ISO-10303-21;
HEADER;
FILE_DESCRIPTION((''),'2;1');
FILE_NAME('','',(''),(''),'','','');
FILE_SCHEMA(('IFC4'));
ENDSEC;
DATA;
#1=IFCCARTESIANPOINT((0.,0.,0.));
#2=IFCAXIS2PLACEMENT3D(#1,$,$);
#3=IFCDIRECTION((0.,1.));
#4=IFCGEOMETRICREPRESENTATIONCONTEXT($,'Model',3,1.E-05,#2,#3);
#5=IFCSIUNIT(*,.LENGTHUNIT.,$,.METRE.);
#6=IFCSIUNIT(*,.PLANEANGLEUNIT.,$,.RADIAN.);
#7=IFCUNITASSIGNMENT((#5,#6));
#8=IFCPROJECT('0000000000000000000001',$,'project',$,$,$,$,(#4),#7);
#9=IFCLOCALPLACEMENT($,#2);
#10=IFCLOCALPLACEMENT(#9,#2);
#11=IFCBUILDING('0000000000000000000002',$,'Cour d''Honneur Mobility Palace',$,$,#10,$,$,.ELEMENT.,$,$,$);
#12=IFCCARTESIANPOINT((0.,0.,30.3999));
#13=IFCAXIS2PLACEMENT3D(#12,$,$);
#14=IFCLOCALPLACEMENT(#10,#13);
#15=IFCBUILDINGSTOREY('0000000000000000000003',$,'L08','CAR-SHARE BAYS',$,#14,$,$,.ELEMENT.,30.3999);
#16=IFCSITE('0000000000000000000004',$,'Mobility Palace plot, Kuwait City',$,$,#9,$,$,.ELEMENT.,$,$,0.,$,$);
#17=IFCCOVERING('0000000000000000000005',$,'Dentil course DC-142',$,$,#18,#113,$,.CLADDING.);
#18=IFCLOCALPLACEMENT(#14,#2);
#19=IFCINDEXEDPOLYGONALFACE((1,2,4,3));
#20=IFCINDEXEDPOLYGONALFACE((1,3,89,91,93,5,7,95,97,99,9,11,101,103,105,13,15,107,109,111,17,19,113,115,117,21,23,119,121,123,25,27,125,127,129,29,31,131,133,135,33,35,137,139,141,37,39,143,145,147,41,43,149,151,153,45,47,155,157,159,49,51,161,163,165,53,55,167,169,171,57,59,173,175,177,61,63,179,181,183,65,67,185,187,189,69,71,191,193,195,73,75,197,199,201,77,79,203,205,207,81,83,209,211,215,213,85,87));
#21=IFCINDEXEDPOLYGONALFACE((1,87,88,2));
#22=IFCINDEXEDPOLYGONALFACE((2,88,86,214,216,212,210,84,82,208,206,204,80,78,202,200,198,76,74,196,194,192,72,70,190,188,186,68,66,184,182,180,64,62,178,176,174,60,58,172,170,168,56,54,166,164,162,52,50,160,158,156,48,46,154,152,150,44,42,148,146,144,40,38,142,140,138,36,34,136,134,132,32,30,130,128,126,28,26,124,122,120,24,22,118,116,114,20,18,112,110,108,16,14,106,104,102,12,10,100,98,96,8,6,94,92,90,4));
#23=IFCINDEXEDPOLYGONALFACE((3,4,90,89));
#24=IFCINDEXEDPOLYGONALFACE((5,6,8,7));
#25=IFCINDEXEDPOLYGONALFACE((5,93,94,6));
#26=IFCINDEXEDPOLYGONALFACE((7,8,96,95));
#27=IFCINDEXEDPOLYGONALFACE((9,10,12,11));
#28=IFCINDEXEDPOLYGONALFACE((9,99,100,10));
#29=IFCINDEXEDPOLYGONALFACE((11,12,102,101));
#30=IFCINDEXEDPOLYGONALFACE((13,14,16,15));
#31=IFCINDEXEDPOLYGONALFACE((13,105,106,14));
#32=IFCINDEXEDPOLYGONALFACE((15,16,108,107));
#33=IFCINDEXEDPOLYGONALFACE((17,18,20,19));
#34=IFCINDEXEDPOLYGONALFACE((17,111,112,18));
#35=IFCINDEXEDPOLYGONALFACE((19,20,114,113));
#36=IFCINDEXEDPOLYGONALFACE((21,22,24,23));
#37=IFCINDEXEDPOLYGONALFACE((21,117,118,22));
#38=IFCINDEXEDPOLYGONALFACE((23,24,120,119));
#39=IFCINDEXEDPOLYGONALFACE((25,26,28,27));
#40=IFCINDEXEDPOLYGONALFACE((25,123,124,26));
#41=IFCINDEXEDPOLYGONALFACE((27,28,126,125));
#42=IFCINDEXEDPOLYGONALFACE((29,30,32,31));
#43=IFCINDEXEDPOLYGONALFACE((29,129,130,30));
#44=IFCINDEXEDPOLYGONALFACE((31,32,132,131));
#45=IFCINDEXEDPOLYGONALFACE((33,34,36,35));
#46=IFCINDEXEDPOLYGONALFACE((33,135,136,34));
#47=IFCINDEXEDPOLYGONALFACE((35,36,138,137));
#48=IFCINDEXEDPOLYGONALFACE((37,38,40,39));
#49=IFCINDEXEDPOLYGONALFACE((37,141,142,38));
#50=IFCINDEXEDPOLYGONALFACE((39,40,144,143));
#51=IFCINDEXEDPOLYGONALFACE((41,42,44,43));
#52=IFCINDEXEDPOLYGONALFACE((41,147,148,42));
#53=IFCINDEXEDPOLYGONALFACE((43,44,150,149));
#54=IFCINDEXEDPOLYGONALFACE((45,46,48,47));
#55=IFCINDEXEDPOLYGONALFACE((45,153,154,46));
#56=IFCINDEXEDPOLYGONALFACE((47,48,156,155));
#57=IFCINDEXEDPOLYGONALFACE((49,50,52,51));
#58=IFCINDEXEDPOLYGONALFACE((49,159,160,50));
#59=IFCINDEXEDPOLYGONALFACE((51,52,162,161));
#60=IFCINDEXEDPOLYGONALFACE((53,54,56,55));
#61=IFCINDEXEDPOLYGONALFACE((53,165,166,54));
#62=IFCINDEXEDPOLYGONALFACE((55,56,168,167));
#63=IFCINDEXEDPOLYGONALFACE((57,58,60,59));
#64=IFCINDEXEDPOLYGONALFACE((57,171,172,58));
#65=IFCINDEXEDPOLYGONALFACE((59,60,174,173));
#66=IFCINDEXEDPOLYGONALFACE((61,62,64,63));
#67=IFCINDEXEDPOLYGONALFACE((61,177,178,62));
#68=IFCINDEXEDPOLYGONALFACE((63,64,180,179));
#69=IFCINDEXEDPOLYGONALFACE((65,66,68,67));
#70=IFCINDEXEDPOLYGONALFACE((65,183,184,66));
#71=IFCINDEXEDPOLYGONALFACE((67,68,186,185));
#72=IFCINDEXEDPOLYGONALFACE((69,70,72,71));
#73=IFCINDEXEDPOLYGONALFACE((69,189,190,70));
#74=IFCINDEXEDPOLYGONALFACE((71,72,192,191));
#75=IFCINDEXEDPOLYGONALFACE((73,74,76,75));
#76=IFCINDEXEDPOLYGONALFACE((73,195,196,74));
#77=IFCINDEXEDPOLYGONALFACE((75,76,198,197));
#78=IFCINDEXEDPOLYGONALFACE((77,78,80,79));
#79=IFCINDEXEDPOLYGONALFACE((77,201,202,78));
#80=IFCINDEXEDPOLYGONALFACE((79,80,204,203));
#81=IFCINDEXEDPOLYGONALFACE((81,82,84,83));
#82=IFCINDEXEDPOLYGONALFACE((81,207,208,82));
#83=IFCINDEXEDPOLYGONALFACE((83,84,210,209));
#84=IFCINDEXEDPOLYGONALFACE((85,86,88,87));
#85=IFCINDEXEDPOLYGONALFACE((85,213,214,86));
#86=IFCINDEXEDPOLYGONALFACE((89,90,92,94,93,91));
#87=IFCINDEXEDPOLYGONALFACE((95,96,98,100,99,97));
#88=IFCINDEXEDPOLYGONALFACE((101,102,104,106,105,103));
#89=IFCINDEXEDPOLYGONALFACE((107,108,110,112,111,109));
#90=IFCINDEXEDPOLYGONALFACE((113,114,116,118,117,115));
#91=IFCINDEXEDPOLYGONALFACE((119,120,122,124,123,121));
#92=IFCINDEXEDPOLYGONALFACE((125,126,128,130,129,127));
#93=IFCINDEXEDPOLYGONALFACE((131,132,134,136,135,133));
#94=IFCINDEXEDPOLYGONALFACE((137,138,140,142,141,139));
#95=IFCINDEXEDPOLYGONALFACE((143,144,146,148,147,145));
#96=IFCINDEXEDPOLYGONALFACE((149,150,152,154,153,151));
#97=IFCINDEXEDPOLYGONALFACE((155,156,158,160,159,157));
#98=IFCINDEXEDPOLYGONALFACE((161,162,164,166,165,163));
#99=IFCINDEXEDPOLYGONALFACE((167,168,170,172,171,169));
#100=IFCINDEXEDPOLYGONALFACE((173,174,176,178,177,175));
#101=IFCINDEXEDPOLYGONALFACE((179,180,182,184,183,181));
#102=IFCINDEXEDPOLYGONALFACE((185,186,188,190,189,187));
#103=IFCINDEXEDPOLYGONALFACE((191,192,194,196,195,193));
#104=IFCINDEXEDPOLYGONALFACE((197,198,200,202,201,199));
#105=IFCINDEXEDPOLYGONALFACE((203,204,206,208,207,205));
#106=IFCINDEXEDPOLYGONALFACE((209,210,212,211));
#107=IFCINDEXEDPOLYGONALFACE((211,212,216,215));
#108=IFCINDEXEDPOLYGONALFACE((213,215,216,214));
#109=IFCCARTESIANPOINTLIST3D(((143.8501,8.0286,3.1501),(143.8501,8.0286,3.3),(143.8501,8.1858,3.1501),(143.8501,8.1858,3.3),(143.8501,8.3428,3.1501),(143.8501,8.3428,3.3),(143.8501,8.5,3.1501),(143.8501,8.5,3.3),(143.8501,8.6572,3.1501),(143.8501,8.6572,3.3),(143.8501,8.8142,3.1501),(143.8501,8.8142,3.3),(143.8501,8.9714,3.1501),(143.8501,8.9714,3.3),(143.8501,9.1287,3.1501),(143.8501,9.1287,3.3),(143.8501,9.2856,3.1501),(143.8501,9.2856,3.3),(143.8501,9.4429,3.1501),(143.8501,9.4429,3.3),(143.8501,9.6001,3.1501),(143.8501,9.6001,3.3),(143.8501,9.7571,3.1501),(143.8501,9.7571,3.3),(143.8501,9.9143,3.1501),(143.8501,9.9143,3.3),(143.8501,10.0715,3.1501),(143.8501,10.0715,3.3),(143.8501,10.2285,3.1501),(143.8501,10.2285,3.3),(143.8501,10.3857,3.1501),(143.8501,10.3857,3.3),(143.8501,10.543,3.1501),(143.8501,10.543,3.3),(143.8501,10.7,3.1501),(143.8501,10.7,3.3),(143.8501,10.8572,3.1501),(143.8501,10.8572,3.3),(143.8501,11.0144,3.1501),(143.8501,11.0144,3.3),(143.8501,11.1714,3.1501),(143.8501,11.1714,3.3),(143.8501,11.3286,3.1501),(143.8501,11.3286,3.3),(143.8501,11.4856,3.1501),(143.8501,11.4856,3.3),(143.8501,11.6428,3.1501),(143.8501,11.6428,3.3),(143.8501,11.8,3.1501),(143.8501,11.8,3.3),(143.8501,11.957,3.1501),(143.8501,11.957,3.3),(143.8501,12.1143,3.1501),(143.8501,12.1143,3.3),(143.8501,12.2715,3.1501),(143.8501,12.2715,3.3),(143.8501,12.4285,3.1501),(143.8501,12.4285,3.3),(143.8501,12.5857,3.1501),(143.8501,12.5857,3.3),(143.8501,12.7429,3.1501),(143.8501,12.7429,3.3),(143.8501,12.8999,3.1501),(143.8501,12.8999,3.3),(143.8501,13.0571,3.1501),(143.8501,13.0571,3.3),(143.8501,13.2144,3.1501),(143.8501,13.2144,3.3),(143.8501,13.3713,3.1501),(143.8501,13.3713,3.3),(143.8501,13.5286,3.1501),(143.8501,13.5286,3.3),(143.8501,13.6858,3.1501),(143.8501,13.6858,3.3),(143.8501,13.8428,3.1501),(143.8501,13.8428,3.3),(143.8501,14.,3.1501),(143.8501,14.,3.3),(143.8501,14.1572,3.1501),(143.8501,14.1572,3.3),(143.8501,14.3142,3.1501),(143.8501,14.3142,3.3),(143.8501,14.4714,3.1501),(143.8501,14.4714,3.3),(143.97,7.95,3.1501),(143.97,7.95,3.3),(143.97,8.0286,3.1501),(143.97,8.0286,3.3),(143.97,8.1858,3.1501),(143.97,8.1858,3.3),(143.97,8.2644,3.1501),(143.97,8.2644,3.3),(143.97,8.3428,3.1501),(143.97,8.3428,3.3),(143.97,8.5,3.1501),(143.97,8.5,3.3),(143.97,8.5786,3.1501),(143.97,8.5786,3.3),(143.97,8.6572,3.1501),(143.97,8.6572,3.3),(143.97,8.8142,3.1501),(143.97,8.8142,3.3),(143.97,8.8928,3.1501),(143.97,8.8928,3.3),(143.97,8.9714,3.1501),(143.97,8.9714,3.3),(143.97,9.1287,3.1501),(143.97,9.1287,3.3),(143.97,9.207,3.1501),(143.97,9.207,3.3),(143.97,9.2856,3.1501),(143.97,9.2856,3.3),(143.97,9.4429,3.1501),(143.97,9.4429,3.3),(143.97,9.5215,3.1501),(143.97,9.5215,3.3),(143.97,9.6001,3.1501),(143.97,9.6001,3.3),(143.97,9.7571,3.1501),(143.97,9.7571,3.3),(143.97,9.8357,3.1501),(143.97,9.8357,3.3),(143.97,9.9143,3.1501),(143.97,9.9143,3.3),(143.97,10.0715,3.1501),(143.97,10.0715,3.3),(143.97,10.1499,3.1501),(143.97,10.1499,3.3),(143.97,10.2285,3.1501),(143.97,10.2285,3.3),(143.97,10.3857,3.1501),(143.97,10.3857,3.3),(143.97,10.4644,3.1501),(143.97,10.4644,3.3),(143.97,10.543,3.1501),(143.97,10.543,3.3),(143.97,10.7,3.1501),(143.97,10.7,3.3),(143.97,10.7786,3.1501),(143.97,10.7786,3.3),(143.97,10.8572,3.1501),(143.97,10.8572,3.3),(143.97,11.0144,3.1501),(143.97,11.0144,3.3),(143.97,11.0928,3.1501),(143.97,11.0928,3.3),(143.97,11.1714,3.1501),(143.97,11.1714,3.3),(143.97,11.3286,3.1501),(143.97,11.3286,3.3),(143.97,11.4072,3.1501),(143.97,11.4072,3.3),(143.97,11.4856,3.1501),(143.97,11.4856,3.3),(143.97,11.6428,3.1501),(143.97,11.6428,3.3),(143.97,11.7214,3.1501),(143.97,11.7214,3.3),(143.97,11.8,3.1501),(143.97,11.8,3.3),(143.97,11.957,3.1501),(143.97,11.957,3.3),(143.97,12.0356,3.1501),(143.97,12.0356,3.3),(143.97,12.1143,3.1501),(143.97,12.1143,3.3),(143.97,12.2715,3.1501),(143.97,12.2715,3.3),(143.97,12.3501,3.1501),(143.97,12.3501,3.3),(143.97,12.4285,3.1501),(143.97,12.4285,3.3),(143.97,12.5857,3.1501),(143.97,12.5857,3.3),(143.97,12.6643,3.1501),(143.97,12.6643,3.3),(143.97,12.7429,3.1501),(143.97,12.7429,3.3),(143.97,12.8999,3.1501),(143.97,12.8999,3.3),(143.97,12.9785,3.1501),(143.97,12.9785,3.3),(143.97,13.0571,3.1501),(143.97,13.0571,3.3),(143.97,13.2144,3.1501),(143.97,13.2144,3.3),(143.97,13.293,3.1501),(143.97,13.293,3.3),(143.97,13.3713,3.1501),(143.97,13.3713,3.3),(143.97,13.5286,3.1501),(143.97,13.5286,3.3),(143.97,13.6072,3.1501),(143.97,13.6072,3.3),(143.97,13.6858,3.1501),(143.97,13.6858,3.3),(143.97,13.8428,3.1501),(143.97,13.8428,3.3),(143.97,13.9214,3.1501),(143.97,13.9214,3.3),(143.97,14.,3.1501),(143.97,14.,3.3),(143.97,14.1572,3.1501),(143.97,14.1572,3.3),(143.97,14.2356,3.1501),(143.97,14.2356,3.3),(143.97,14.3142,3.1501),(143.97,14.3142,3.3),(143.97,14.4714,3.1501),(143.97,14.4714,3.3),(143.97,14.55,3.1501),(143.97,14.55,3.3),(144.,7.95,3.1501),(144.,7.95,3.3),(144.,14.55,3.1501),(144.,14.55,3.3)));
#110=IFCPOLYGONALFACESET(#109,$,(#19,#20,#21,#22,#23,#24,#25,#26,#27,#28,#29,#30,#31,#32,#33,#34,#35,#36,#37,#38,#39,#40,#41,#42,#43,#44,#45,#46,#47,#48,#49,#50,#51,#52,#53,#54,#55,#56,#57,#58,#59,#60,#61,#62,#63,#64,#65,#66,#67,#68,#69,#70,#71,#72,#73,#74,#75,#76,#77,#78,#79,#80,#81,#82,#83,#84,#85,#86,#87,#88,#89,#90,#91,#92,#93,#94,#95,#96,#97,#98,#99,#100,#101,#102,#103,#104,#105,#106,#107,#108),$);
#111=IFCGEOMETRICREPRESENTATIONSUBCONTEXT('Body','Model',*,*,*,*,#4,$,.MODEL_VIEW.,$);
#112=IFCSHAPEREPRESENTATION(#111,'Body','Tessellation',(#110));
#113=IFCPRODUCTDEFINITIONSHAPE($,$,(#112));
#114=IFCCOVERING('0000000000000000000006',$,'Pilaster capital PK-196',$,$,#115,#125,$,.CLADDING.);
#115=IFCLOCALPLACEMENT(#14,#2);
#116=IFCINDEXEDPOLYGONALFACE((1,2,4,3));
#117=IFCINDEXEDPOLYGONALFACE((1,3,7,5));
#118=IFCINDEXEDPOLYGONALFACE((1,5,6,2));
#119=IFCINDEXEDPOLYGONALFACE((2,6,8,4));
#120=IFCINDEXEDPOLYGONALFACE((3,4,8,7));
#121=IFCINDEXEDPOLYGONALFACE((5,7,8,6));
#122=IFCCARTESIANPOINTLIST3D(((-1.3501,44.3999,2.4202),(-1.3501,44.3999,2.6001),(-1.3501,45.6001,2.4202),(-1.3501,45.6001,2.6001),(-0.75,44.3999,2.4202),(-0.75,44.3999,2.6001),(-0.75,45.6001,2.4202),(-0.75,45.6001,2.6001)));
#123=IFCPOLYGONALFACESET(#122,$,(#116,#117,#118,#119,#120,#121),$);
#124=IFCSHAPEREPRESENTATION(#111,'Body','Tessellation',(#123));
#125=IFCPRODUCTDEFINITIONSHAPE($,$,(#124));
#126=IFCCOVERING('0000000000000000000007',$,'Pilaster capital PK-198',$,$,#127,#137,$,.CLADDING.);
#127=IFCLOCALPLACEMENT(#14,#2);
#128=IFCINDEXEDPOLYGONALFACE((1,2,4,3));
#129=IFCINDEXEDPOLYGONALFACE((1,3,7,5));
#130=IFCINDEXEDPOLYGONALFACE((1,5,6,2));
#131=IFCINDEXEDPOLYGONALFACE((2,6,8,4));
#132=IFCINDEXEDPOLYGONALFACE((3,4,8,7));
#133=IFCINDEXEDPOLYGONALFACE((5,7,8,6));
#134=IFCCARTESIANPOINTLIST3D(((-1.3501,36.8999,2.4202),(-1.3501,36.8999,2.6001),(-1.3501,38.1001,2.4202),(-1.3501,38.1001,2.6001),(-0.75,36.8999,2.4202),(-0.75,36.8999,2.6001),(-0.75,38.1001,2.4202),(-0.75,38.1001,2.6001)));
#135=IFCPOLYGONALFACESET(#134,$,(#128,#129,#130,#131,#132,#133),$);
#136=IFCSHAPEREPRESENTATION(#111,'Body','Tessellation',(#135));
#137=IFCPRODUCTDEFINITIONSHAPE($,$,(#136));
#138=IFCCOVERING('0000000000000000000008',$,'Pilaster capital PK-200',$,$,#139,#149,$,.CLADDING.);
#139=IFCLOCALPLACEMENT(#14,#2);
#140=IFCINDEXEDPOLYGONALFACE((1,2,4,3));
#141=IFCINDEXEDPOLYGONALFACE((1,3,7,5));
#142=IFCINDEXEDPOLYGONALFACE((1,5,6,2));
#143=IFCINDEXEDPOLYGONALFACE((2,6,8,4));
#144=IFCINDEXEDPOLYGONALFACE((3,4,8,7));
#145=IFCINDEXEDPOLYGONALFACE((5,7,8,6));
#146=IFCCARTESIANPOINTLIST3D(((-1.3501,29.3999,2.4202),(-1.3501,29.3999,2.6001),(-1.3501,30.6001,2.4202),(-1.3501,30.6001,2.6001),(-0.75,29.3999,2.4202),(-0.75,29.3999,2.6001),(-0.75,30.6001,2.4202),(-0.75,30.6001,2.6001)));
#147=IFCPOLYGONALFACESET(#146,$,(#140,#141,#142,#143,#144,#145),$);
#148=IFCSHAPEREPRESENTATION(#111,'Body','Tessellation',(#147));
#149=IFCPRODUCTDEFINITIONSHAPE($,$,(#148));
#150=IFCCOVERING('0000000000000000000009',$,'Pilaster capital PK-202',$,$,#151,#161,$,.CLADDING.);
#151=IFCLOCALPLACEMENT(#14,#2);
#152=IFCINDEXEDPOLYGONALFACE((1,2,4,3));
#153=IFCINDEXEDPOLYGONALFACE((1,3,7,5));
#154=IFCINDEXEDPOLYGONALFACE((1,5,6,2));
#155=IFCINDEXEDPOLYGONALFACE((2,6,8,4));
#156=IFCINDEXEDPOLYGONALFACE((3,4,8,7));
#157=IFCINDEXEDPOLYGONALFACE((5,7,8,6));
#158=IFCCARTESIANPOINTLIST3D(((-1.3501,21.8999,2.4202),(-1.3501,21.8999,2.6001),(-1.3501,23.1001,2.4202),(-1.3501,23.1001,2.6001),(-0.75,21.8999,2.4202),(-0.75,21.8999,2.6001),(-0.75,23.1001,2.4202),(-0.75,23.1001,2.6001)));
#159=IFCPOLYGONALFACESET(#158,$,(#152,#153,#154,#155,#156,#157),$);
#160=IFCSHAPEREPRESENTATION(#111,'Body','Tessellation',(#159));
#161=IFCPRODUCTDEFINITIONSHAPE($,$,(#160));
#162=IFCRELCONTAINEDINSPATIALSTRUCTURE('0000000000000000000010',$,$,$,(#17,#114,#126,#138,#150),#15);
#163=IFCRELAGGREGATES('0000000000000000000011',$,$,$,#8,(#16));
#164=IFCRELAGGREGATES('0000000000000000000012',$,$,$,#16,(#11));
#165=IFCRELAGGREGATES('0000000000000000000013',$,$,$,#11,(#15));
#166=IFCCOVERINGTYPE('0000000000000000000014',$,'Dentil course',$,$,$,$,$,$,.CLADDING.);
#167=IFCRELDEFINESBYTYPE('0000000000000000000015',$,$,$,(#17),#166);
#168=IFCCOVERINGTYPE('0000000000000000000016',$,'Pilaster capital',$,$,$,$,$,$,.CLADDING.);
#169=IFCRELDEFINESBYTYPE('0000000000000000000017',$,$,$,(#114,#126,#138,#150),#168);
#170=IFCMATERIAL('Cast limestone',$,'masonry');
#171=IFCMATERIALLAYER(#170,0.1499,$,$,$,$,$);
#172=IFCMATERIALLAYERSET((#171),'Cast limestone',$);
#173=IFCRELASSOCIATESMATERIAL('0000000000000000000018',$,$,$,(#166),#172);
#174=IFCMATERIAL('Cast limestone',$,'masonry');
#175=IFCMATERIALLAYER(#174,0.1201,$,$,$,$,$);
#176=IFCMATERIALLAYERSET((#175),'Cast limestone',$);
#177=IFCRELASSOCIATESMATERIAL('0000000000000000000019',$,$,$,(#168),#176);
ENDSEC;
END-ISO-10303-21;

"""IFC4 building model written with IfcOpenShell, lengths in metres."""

from ifc_helpers import new_model, si_unit, direction, frame, origin, place, context, subcontext, project, spatial, polyline, outline, extrude, material, layer, layer_set, type_object, element, save


model = new_model("IFC4")

# Units and contexts
model_context = context("Model", 3, precision=1e-05, world=origin(), true_north=direction((0.0, 1.0)))
body_context = subcontext(model_context, "Body", "Model", "MODEL_VIEW")
ifc_project = project(units=[si_unit("LENGTHUNIT", "METRE"), si_unit("PLANEANGLEUNIT", "RADIAN")], contexts=[model_context])

# Site, building, storey
site_placement = place(None, origin())
site = spatial("IfcSite", under=ifc_project, at=site_placement, Name="Mobility Palace plot, Kuwait City", CompositionType="ELEMENT", RefElevation=0.0)
building_placement = place(site_placement, origin())
building = spatial("IfcBuilding", under=site, at=building_placement, Name="Cour d'Honneur Mobility Palace", CompositionType="ELEMENT")
storey_placement = place(building_placement, frame((0.0, 0.0, 30.3999)))
storey = spatial("IfcBuildingStorey", under=building, at=storey_placement, Name="L08", Description="CAR-SHARE BAYS", CompositionType="ELEMENT", Elevation=30.3999)

# Coverings
ifc_material_1 = material(Name="Cast limestone", Category="masonry")
ifc_layer_1 = layer(ifc_material_1, 0.1499)
ifc_layer_set_1 = layer_set([ifc_layer_1], Name="Cast limestone")
covering_type_1 = type_object("IfcCoveringType", Name="Dentil course", PredefinedType="CLADDING", material=ifc_layer_set_1)
covering_1_placement = place(storey_placement, frame((0.0, 0.0, 3.1501)))
element("IfcCovering", 1, at=covering_1_placement, inside=storey, type_object=covering_type_1, Name="Dentil course DC-142", PredefinedType="CLADDING", context=body_context, shape_type="SweptSolid", body=[
    extrude(outline(polyline([(144.0, 14.55), (144.0, 7.95), (143.97, 7.95), (143.97, 7.95), (143.97, 8.0286), (143.8501, 8.0286), (143.8501, 8.1858), (143.97, 8.1858), (143.97, 8.2644), (143.97, 8.2644), (143.97, 8.3428), (143.8501, 8.3428), (143.8501, 8.5), (143.97, 8.5), (143.97, 8.5786), (143.97, 8.5786), (143.97, 8.6572), (143.8501, 8.6572), (143.8501, 8.8142), (143.97, 8.8142), (143.97, 8.8928), (143.97, 8.8928), (143.97, 8.9714), (143.8501, 8.9714), (143.8501, 9.1287), (143.97, 9.1287), (143.97, 9.207), (143.97, 9.207), (143.97, 9.2856), (143.8501, 9.2856), (143.8501, 9.4429), (143.97, 9.4429), (143.97, 9.5215), (143.97, 9.5215), (143.97, 9.6001), (143.8501, 9.6001), (143.8501, 9.7571), (143.97, 9.7571), (143.97, 9.8357), (143.97, 9.8357), (143.97, 9.9143), (143.8501, 9.9143), (143.8501, 10.0715), (143.97, 10.0715), (143.97, 10.1499), (143.97, 10.1499), (143.97, 10.2285), (143.8501, 10.2285), (143.8501, 10.3857), (143.97, 10.3857), (143.97, 10.4644), (143.97, 10.4644), (143.97, 10.543), (143.8501, 10.543), (143.8501, 10.7), (143.97, 10.7), (143.97, 10.7786), (143.97, 10.7786), (143.97, 10.8572), (143.8501, 10.8572), (143.8501, 11.0144), (143.97, 11.0144), (143.97, 11.0928), (143.97, 11.0928), (143.97, 11.1714), (143.8501, 11.1714), (143.8501, 11.3286), (143.97, 11.3286), (143.97, 11.4072), (143.97, 11.4072), (143.97, 11.4856), (143.8501, 11.4856), (143.8501, 11.6428), (143.97, 11.6428), (143.97, 11.7214), (143.97, 11.7214), (143.97, 11.8), (143.8501, 11.8), (143.8501, 11.957), (143.97, 11.957), (143.97, 12.0356), (143.97, 12.0356), (143.97, 12.1143), (143.8501, 12.1143), (143.8501, 12.2715), (143.97, 12.2715), (143.97, 12.3501), (143.97, 12.3501), (143.97, 12.4285), (143.8501, 12.4285), (143.8501, 12.5857), (143.97, 12.5857), (143.97, 12.6643), (143.97, 12.6643), (143.97, 12.7429), (143.8501, 12.7429), (143.8501, 12.8999), (143.97, 12.8999), (143.97, 12.9785), (143.97, 12.9785), (143.97, 13.0571), (143.8501, 13.0571), (143.8501, 13.2144), (143.97, 13.2144), (143.97, 13.293), (143.97, 13.293), (143.97, 13.3713), (143.8501, 13.3713), (143.8501, 13.5286), (143.97, 13.5286), (143.97, 13.6072), (143.97, 13.6072), (143.97, 13.6858), (143.8501, 13.6858), (143.8501, 13.8428), (143.97, 13.8428), (143.97, 13.9214), (143.97, 13.9214), (143.97, 14.0), (143.8501, 14.0), (143.8501, 14.1572), (143.97, 14.1572), (143.97, 14.2356), (143.97, 14.2356), (143.97, 14.3142), (143.8501, 14.3142), (143.8501, 14.4714), (143.97, 14.4714), (143.97, 14.55), (144.0, 14.55)])), origin(), (0.0, 0.0, 1.0), 0.1499),
])
ifc_material_2 = material(Name="Cast limestone", Category="masonry")
ifc_layer_2 = layer(ifc_material_2, 0.1201)
ifc_layer_set_2 = layer_set([ifc_layer_2], Name="Cast limestone")
covering_type_2 = type_object("IfcCoveringType", Name="Pilaster capital", PredefinedType="CLADDING", material=ifc_layer_set_2)
covering_2_placement = place(storey_placement, frame((0.0, 0.0, 2.4202)))
element("IfcCovering", 2, at=covering_2_placement, inside=storey, type_object=covering_type_2, Name="Pilaster capital PK-196", PredefinedType="CLADDING", context=body_context, shape_type="SweptSolid", body=[
    extrude(outline(polyline([(-0.75, 45.6001), (-0.75, 44.3999), (-1.3501, 44.3999), (-1.3501, 45.6001), (-0.75, 45.6001)])), origin(), (0.0, 0.0, 1.0), 0.1799),
])
covering_3_placement = place(storey_placement, frame((0.0, 0.0, 2.4202)))
element("IfcCovering", 3, at=covering_3_placement, inside=storey, type_object=covering_type_2, Name="Pilaster capital PK-198", PredefinedType="CLADDING", context=body_context, shape_type="SweptSolid", body=[
    extrude(outline(polyline([(-0.75, 38.1001), (-0.75, 36.8999), (-1.3501, 36.8999), (-1.3501, 38.1001), (-0.75, 38.1001)])), origin(), (0.0, 0.0, 1.0), 0.1799),
])
covering_4_placement = place(storey_placement, frame((0.0, 0.0, 2.4202)))
element("IfcCovering", 4, at=covering_4_placement, inside=storey, type_object=covering_type_2, Name="Pilaster capital PK-200", PredefinedType="CLADDING", context=body_context, shape_type="SweptSolid", body=[
    extrude(outline(polyline([(-0.75, 30.6001), (-0.75, 29.3999), (-1.3501, 29.3999), (-1.3501, 30.6001), (-0.75, 30.6001)])), origin(), (0.0, 0.0, 1.0), 0.1799),
])
covering_5_placement = place(storey_placement, frame((0.0, 0.0, 2.4202)))
element("IfcCovering", 5, at=covering_5_placement, inside=storey, type_object=covering_type_2, Name="Pilaster capital PK-202", PredefinedType="CLADDING", context=body_context, shape_type="SweptSolid", body=[
    extrude(outline(polyline([(-0.75, 23.1001), (-0.75, 21.8999), (-1.3501, 21.8999), (-1.3501, 23.1001), (-0.75, 23.1001)])), origin(), (0.0, 0.0, 1.0), 0.1799),
])

save(model, "model.ifc")
